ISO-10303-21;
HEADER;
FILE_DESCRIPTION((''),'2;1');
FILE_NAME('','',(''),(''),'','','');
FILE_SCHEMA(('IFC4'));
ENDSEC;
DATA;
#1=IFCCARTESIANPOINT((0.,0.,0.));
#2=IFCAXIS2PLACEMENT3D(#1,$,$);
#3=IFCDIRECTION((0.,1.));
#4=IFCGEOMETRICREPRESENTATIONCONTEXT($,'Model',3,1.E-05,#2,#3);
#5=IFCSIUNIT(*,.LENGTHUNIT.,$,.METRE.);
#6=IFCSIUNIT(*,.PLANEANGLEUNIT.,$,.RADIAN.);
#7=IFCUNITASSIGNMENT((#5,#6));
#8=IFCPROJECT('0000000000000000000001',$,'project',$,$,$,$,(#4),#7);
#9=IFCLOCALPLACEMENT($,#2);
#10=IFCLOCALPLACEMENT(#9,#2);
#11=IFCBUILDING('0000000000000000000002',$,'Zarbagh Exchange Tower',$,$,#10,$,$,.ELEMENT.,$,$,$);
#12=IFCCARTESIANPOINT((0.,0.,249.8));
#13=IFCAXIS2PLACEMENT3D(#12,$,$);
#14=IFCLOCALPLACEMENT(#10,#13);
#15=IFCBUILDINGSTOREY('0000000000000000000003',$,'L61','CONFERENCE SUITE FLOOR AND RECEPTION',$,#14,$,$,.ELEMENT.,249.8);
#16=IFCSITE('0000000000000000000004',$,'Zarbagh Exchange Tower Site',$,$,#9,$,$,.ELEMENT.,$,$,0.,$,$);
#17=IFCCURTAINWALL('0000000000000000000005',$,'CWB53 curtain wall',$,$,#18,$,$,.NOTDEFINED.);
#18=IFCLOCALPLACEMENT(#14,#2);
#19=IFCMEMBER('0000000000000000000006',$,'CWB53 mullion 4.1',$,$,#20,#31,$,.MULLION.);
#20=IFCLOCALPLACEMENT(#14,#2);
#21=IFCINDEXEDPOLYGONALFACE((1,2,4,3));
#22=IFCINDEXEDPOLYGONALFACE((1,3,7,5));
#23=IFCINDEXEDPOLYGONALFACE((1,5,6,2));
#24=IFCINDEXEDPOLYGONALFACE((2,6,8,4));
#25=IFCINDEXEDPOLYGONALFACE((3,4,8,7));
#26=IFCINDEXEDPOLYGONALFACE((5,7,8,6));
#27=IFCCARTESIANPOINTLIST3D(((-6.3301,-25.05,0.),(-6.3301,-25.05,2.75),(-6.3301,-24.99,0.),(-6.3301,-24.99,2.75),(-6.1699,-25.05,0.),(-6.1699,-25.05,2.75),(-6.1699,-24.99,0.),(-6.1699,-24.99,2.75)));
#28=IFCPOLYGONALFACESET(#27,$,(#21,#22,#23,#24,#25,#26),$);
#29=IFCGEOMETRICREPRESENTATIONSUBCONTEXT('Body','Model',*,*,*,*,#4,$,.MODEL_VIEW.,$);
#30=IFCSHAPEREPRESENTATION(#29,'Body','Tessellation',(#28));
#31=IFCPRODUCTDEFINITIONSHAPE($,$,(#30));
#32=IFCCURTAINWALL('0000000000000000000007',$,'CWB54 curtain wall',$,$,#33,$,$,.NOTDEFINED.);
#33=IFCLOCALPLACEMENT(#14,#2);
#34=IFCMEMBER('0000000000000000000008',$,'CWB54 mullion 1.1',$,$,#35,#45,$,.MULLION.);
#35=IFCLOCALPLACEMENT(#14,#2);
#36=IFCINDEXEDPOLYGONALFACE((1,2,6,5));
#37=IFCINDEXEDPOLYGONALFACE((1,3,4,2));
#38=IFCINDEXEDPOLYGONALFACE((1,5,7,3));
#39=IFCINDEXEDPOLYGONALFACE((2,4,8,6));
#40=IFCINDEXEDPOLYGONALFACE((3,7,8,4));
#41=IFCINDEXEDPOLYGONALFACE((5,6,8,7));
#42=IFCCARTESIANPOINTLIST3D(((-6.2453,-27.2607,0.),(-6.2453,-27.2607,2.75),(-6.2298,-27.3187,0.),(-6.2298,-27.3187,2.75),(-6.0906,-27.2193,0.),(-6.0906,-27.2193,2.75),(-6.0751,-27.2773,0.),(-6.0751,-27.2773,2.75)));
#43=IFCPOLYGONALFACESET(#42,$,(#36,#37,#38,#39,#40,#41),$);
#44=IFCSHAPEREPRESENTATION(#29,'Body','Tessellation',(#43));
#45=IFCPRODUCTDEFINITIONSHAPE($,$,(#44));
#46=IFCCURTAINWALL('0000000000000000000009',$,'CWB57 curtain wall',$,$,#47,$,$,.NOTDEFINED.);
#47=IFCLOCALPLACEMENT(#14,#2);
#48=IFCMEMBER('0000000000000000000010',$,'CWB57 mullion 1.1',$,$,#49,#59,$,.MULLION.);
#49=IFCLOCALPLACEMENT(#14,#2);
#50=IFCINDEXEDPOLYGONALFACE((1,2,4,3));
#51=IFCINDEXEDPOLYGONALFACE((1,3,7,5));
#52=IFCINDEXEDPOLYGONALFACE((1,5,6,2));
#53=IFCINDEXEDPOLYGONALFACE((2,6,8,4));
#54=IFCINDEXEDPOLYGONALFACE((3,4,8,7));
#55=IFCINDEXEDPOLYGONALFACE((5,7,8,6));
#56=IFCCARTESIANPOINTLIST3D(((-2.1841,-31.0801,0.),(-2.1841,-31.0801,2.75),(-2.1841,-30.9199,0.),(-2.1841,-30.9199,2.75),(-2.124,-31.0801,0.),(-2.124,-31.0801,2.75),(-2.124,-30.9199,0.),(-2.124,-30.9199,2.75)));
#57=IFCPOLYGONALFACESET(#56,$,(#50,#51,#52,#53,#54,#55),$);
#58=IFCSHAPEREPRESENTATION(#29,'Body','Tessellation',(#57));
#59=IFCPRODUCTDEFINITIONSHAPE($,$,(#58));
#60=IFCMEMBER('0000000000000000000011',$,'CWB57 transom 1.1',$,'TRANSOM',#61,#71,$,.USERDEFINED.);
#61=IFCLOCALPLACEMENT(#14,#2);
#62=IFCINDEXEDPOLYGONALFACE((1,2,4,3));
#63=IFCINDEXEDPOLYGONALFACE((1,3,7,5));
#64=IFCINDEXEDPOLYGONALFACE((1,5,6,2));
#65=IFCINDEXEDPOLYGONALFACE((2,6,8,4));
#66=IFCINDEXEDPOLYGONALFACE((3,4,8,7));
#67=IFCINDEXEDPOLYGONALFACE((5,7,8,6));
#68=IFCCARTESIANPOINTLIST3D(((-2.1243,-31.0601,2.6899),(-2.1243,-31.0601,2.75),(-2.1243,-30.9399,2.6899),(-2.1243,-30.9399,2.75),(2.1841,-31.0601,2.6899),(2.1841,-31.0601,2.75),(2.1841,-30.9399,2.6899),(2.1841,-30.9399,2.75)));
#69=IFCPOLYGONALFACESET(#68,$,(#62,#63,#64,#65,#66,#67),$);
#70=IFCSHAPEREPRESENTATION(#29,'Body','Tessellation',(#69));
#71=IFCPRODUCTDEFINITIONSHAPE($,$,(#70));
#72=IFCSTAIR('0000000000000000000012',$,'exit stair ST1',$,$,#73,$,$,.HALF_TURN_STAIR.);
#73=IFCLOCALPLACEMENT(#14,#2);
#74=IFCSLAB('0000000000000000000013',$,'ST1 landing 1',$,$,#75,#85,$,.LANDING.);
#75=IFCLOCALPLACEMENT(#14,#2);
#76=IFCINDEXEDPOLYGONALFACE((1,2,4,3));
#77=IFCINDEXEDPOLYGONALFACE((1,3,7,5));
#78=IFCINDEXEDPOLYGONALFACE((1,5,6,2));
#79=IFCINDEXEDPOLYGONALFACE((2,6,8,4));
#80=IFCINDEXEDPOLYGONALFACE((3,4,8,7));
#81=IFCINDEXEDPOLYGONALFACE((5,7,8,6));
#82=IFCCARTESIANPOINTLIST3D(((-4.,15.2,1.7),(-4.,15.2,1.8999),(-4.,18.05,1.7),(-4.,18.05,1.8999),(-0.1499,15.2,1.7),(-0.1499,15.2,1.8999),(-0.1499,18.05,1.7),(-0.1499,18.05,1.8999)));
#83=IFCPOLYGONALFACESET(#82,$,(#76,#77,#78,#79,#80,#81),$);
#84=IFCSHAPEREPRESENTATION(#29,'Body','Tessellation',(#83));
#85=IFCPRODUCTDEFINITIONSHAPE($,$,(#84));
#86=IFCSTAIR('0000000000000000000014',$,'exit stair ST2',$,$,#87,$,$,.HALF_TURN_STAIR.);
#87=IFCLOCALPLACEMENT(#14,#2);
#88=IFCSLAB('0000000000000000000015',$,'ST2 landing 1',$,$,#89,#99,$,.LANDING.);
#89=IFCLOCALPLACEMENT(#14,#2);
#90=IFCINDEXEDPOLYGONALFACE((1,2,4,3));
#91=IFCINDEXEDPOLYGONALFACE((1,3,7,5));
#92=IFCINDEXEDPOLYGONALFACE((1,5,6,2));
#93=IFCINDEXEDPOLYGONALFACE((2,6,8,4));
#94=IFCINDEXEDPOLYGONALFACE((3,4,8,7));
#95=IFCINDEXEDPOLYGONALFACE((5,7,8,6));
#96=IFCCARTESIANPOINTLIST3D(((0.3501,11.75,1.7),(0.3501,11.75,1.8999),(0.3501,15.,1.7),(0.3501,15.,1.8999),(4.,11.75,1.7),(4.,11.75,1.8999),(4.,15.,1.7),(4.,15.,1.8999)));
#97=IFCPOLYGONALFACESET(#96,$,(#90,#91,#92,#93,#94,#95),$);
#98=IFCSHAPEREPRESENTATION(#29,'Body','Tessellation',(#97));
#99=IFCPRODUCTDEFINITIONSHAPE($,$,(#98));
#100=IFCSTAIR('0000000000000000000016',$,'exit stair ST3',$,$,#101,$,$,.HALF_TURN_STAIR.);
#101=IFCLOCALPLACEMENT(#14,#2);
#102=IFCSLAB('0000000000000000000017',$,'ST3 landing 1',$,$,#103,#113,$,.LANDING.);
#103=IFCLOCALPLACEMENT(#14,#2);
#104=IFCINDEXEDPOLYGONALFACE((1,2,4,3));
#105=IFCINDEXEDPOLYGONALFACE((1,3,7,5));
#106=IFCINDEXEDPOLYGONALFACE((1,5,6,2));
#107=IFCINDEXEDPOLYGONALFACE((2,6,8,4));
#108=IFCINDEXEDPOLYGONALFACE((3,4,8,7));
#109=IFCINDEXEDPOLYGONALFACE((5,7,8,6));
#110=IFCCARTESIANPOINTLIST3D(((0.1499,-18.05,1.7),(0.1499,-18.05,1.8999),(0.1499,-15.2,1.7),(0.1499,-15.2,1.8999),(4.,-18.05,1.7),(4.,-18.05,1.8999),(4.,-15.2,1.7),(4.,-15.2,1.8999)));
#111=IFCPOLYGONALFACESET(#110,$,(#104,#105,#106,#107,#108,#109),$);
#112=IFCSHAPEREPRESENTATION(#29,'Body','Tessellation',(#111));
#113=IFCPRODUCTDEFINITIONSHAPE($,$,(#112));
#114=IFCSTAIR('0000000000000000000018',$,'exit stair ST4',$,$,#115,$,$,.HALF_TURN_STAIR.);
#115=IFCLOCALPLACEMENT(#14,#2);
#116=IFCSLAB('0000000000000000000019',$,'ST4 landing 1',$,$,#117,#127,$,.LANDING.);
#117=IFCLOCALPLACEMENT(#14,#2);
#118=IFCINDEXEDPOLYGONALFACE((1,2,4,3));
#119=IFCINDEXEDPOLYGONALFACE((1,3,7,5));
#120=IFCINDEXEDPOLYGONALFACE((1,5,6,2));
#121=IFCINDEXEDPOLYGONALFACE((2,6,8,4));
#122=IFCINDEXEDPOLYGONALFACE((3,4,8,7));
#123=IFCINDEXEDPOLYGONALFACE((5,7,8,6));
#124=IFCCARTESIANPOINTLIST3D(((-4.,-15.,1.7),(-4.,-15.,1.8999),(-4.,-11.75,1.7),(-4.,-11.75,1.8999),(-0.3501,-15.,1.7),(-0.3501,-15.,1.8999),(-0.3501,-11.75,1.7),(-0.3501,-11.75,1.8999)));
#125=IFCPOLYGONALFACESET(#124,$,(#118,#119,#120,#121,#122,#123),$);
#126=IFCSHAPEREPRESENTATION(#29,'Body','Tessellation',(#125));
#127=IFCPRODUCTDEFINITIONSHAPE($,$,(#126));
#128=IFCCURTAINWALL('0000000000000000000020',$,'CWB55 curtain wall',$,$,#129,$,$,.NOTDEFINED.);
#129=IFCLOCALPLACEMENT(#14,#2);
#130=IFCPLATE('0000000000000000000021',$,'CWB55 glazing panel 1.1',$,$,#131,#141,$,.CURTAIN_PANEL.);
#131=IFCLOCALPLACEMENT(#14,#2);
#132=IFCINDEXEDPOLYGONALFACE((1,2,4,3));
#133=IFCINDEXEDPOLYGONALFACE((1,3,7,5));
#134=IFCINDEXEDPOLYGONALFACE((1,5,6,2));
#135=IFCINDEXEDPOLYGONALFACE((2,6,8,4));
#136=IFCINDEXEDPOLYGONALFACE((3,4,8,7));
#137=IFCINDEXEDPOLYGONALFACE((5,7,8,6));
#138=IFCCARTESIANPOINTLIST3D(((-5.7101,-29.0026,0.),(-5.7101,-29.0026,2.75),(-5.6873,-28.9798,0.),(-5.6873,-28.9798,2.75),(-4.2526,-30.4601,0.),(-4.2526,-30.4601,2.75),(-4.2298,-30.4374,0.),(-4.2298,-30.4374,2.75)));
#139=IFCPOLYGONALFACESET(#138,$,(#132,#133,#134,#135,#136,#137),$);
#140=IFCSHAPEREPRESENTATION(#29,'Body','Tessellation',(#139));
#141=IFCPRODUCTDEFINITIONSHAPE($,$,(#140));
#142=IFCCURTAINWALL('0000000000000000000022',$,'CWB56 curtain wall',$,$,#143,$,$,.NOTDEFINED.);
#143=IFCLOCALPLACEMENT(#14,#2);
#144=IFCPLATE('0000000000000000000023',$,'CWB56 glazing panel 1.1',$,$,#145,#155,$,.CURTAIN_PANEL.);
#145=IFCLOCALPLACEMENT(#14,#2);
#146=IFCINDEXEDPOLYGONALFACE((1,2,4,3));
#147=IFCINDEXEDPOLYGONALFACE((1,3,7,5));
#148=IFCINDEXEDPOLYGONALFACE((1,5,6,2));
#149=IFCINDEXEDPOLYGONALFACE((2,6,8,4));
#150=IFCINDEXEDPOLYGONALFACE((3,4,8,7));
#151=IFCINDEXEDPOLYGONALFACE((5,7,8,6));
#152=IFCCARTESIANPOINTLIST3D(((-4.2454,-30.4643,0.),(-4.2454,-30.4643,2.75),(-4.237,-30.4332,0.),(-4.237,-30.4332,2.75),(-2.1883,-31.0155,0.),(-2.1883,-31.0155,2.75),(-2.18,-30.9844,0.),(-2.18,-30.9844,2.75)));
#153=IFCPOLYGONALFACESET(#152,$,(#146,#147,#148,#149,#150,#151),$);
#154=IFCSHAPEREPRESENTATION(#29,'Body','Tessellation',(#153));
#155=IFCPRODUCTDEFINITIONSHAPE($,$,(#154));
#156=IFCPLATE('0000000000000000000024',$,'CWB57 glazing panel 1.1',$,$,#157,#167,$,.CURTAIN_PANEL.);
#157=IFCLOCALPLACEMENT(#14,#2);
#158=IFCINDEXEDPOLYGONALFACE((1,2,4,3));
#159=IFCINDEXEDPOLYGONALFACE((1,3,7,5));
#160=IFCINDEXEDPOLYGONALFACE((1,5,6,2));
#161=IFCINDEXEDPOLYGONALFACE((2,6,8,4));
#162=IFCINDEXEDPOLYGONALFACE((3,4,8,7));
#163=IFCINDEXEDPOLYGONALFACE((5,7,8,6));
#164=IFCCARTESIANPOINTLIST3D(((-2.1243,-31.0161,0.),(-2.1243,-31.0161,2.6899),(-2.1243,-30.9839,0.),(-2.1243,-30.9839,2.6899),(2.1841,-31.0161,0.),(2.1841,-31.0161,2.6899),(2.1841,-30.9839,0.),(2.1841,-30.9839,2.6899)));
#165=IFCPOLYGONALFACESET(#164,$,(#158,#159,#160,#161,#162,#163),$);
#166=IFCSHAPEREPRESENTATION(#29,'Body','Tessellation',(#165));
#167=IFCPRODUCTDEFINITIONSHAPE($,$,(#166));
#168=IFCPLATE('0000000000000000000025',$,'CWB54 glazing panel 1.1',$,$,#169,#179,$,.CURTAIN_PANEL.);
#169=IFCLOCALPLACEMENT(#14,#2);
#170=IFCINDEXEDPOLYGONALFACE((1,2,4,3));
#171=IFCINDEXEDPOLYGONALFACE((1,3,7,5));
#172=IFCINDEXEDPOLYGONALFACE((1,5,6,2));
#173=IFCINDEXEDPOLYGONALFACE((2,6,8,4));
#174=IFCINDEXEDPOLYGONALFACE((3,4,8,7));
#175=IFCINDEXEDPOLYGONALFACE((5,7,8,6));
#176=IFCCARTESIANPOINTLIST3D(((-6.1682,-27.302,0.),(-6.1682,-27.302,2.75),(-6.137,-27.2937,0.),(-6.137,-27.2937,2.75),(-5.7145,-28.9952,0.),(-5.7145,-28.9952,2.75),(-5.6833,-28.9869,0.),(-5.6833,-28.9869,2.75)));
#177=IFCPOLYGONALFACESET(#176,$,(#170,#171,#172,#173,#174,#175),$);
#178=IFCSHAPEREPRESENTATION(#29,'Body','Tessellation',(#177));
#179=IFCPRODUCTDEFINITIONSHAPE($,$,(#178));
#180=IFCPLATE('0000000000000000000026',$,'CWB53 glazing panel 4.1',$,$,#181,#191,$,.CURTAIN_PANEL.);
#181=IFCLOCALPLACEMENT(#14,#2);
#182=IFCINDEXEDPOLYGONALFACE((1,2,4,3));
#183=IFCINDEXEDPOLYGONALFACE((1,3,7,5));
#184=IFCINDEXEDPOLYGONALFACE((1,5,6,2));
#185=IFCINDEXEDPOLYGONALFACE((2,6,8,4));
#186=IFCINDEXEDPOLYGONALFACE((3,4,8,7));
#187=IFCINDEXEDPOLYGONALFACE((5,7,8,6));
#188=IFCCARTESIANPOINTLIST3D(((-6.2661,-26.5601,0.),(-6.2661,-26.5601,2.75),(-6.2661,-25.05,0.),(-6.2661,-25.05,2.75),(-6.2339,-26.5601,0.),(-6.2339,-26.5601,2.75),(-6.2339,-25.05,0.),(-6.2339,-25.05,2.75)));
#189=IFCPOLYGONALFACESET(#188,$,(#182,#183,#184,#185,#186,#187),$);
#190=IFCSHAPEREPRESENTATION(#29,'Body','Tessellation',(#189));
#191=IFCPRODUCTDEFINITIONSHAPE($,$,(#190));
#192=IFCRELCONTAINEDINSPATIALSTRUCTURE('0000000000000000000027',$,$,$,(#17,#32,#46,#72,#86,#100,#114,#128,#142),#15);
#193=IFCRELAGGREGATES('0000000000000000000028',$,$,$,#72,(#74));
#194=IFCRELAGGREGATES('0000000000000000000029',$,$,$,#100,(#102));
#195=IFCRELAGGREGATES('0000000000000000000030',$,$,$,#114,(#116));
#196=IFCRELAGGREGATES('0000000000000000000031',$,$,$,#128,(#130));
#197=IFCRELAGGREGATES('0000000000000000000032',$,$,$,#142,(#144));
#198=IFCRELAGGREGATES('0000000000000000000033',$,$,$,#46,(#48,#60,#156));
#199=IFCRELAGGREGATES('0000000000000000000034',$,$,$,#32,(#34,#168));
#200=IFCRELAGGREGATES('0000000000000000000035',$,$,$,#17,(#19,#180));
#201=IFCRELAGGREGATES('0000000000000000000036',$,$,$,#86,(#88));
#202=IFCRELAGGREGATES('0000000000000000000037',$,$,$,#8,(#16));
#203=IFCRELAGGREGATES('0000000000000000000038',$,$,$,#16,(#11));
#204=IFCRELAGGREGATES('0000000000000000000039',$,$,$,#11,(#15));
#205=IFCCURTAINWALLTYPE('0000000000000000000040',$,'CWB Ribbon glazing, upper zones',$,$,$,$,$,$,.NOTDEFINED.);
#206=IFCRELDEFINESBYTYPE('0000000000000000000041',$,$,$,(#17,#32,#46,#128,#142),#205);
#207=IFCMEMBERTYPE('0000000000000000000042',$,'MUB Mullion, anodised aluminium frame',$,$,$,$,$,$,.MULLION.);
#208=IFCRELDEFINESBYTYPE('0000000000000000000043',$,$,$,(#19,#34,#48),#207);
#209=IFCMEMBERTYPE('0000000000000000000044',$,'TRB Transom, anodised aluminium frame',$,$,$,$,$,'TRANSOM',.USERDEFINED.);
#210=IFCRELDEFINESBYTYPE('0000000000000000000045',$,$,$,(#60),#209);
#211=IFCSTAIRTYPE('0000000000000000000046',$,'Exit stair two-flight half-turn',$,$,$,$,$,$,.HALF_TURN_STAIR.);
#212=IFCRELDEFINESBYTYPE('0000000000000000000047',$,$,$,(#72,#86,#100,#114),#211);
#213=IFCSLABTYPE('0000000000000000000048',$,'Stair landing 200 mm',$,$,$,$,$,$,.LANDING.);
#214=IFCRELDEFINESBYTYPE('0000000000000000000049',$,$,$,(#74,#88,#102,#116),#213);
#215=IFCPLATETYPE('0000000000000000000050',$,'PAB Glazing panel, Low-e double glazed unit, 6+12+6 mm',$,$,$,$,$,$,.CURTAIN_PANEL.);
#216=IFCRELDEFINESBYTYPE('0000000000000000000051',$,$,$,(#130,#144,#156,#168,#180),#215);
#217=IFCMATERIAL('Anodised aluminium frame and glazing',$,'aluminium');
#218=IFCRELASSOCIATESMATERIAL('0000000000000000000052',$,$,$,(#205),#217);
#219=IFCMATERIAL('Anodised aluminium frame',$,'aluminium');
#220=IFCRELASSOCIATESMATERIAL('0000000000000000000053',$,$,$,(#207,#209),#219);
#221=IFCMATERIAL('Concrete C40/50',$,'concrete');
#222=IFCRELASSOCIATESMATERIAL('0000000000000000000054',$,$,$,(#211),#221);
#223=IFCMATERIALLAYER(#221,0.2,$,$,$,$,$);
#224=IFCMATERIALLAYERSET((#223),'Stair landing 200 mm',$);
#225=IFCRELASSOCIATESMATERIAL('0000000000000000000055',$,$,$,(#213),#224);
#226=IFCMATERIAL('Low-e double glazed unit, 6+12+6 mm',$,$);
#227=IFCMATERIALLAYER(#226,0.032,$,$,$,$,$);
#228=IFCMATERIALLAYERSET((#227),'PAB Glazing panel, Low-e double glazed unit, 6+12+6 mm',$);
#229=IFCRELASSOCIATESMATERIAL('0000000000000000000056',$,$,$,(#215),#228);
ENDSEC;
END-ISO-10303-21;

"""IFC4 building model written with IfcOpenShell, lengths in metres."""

from ifc_helpers import new_model, si_unit, direction, frame, origin, place, context, subcontext, project, spatial, polyline, outline, extrude, source, transform, mapped, material, layer, layer_set, type_object, element, aggregate, save


model = new_model("IFC4")

# Units and contexts
model_context = context("Model", 3, precision=1e-05, world=origin(), true_north=direction((0.0, 1.0)))
body_context = subcontext(model_context, "Body", "Model", "MODEL_VIEW")
ifc_project = project(units=[si_unit("LENGTHUNIT", "METRE"), si_unit("PLANEANGLEUNIT", "RADIAN")], contexts=[model_context])

# Site, building, storey
site_placement = place(None, origin())
site = spatial("IfcSite", under=ifc_project, at=site_placement, Name="Zarbagh Exchange Tower Site", CompositionType="ELEMENT", RefElevation=0.0)
building_placement = place(site_placement, origin())
building = spatial("IfcBuilding", under=site, at=building_placement, Name="Zarbagh Exchange Tower", CompositionType="ELEMENT")
storey_placement = place(building_placement, frame((0.0, 0.0, 249.8)))
storey = spatial("IfcBuildingStorey", under=building, at=storey_placement, Name="L61", Description="CONFERENCE SUITE FLOOR AND RECEPTION", CompositionType="ELEMENT", Elevation=249.8)

# Curtain walls, members
ifc_material_1 = material(Name="Anodised aluminium frame and glazing", Category="aluminium")
curtain_wall_type = type_object("IfcCurtainWallType", Name="CWB Ribbon glazing, upper zones", PredefinedType="NOTDEFINED", material=ifc_material_1)
curtain_wall_1_placement = place(storey_placement, origin())
curtain_wall_1 = element("IfcCurtainWall", 1, at=curtain_wall_1_placement, inside=storey, type_object=curtain_wall_type, Name="CWB53 curtain wall", PredefinedType="NOTDEFINED")
ifc_material_2 = material(Name="Anodised aluminium frame", Category="aluminium")
member_type_1 = type_object("IfcMemberType", Name="MUB Mullion, anodised aluminium frame", PredefinedType="MULLION", material=ifc_material_2)
shared_shape_1 = source(origin(), body_context, "Body", "SweptSolid", [
    extrude(outline(polyline([(0.0, -0.0801), (0.0601, -0.0801), (0.0601, 0.0801), (0.0, 0.0801), (0.0, -0.0801)])), origin(), (0.0, 0.0, 1.0), 2.75),
])
placement = place(storey_placement, origin())
member_1 = element("IfcMember", 2, at=placement, type_object=member_type_1, Name="CWB53 mullion 4.1", PredefinedType="MULLION", context=body_context, shape_type="MappedRepresentation", body=[
    mapped(shared_shape_1, transform((-6.25, -24.99, 0.0), x_axis=(0.0, -1.0, 0.0), y_axis=(1.0, 0.0, 0.0), z_axis=(0.0, 0.0, 1.0))),
])
curtain_wall_2_placement = place(storey_placement, origin())
curtain_wall_2 = element("IfcCurtainWall", 3, at=curtain_wall_2_placement, inside=storey, type_object=curtain_wall_type, Name="CWB54 curtain wall", PredefinedType="NOTDEFINED")
member_2 = element("IfcMember", 4, at=placement, type_object=member_type_1, Name="CWB54 mullion 1.1", PredefinedType="MULLION", context=body_context, shape_type="MappedRepresentation", body=[
    mapped(shared_shape_1, transform((-6.168, -27.24, 0.0), x_axis=(0.258825, -0.965924, 0.0), y_axis=(0.965924, 0.258825, 0.0), z_axis=(0.0, 0.0, 1.0))),
])

# Curtain wall, members
curtain_wall_3_placement = place(storey_placement, origin())
curtain_wall_3 = element("IfcCurtainWall", 5, at=curtain_wall_3_placement, inside=storey, type_object=curtain_wall_type, Name="CWB57 curtain wall", PredefinedType="NOTDEFINED")
member_3 = element("IfcMember", 6, at=placement, type_object=member_type_1, Name="CWB57 mullion 1.1", PredefinedType="MULLION", context=body_context, shape_type="MappedRepresentation", body=[
    mapped(shared_shape_1, transform((-2.1841, -31.0, 0.0), x_axis=(1.0, 0.0, 0.0), y_axis=(0.0, 1.0, 0.0), z_axis=(0.0, 0.0, 1.0))),
])
member_type_2 = type_object("IfcMemberType", Name="TRB Transom, anodised aluminium frame", ElementType="TRANSOM", PredefinedType="USERDEFINED", material=ifc_material_2)
shared_shape_2 = source(origin(), body_context, "Body", "SweptSolid", [
    extrude(outline(polyline([(-0.0601, -0.0601), (0.0, -0.0601), (0.0, 0.0601), (-0.0601, 0.0601), (-0.0601, -0.0601)])), origin(), (0.0, 0.0, 1.0), 4.3083),
])
member_4 = element("IfcMember", 7, at=placement, type_object=member_type_2, Name="CWB57 transom 1.1", ObjectType="TRANSOM", PredefinedType="USERDEFINED", context=body_context, shape_type="MappedRepresentation", body=[
    mapped(shared_shape_2, transform((-2.1243, -31.0, 2.75), x_axis=(0.0, 0.0, 1.0), y_axis=(0.0, -1.0, 0.0), z_axis=(1.0, 0.0, 0.0))),
])

# Stairs, slabs
ifc_material_3 = material(Name="Concrete C40/50", Category="concrete")
stair_type = type_object("IfcStairType", Name="Exit stair two-flight half-turn", PredefinedType="HALF_TURN_STAIR", material=ifc_material_3)
stair_1_placement = place(storey_placement, origin())
stair_1 = element("IfcStair", 8, at=stair_1_placement, inside=storey, type_object=stair_type, Name="exit stair ST1", PredefinedType="HALF_TURN_STAIR")
ifc_layer_1 = layer(ifc_material_3, 0.2)
ifc_layer_set_1 = layer_set([ifc_layer_1], Name="Stair landing 200 mm")
slab_type = type_object("IfcSlabType", Name="Stair landing 200 mm", PredefinedType="LANDING", material=ifc_layer_set_1)
slab_1_placement = place(storey_placement, frame((0.0, 0.0, 1.7)))
slab_1 = element("IfcSlab", 9, at=slab_1_placement, type_object=slab_type, Name="ST1 landing 1", PredefinedType="LANDING", context=body_context, shape_type="SweptSolid", body=[
    extrude(outline(polyline([(-0.1499, 18.05), (-4.0, 18.05), (-4.0, 15.2), (-0.1499, 15.2), (-0.1499, 18.05)])), origin(), (0.0, 0.0, 1.0), 0.2),
])
aggregate(stair_1, [slab_1])
stair_2_placement = place(storey_placement, origin())
stair_2 = element("IfcStair", 10, at=stair_2_placement, inside=storey, type_object=stair_type, Name="exit stair ST2", PredefinedType="HALF_TURN_STAIR")
slab_2_placement = place(storey_placement, frame((0.0, 0.0, 1.7)))
slab_2 = element("IfcSlab", 11, at=slab_2_placement, type_object=slab_type, Name="ST2 landing 1", PredefinedType="LANDING", context=body_context, shape_type="SweptSolid", body=[
    extrude(outline(polyline([(0.3501, 11.75), (4.0, 11.75), (4.0, 15.0), (0.3501, 15.0), (0.3501, 11.75)])), origin(), (0.0, 0.0, 1.0), 0.2),
])
stair_3_placement = place(storey_placement, origin())
stair_3 = element("IfcStair", 12, at=stair_3_placement, inside=storey, type_object=stair_type, Name="exit stair ST3", PredefinedType="HALF_TURN_STAIR")
slab_3_placement = place(storey_placement, frame((0.0, 0.0, 1.7)))
slab_3 = element("IfcSlab", 13, at=slab_3_placement, type_object=slab_type, Name="ST3 landing 1", PredefinedType="LANDING", context=body_context, shape_type="SweptSolid", body=[
    extrude(outline(polyline([(0.1499, -18.05), (4.0, -18.05), (4.0, -15.2), (0.1499, -15.2), (0.1499, -18.05)])), origin(), (0.0, 0.0, 1.0), 0.2),
])
aggregate(stair_3, [slab_3])
stair_4_placement = place(storey_placement, origin())
stair_4 = element("IfcStair", 14, at=stair_4_placement, inside=storey, type_object=stair_type, Name="exit stair ST4", PredefinedType="HALF_TURN_STAIR")
slab_4_placement = place(storey_placement, frame((0.0, 0.0, 1.7)))
slab_4 = element("IfcSlab", 15, at=slab_4_placement, type_object=slab_type, Name="ST4 landing 1", PredefinedType="LANDING", context=body_context, shape_type="SweptSolid", body=[
    extrude(outline(polyline([(-0.3501, -11.75), (-4.0, -11.75), (-4.0, -15.0), (-0.3501, -15.0), (-0.3501, -11.75)])), origin(), (0.0, 0.0, 1.0), 0.2),
])
aggregate(stair_4, [slab_4])

# Curtain walls, plates
curtain_wall_4_placement = place(storey_placement, origin())
curtain_wall_4 = element("IfcCurtainWall", 16, at=curtain_wall_4_placement, inside=storey, type_object=curtain_wall_type, Name="CWB55 curtain wall", PredefinedType="NOTDEFINED")
ifc_material_4 = material(Name="Low-e double glazed unit, 6+12+6 mm")
ifc_layer_2 = layer(ifc_material_4, 0.032)
ifc_layer_set_2 = layer_set([ifc_layer_2], Name="PAB Glazing panel, Low-e double glazed unit, 6+12+6 mm")
plate_type = type_object("IfcPlateType", Name="PAB Glazing panel, Low-e double glazed unit, 6+12+6 mm", PredefinedType="CURTAIN_PANEL", material=ifc_layer_set_2)
shared_shape_3 = source(origin(), body_context, "Body", "SweptSolid", [
    extrude(outline(polyline([(0.0, -0.0161), (2.0613, -0.0161), (2.0613, 0.0161), (0.0, 0.0161), (0.0, -0.0161)])), origin(), (0.0, 0.0, 1.0), 2.75),
])
plate_1 = element("IfcPlate", 17, at=placement, type_object=plate_type, Name="CWB55 glazing panel 1.1", PredefinedType="CURTAIN_PANEL", context=body_context, shape_type="MappedRepresentation", body=[
    mapped(shared_shape_3, transform((-5.6987, -28.9912, 0.0), x_axis=(0.707107, -0.707107, 0.0), y_axis=(0.707107, 0.707107, 0.0), z_axis=(0.0, 0.0, 1.0))),
])
aggregate(curtain_wall_4, [plate_1])
curtain_wall_5_placement = place(storey_placement, origin())
curtain_wall_5 = element("IfcCurtainWall", 18, at=curtain_wall_5_placement, inside=storey, type_object=curtain_wall_type, Name="CWB56 curtain wall", PredefinedType="NOTDEFINED")
shared_shape_4 = source(origin(), body_context, "Body", "SweptSolid", [
    extrude(outline(polyline([(0.0, -0.0161), (2.1296, -0.0161), (2.1296, 0.0161), (0.0, 0.0161), (0.0, -0.0161)])), origin(), (0.0, 0.0, 1.0), 2.75),
])
plate_2 = element("IfcPlate", 19, at=placement, type_object=plate_type, Name="CWB56 glazing panel 1.1", PredefinedType="CURTAIN_PANEL", context=body_context, shape_type="MappedRepresentation", body=[
    mapped(shared_shape_4, transform((-4.2412, -30.4487, 0.0), x_axis=(0.965924, -0.258825, 0.0), y_axis=(0.258825, 0.965924, 0.0), z_axis=(0.0, 0.0, 1.0))),
])
aggregate(curtain_wall_5, [plate_2])

# Plates
shared_shape_5 = source(origin(), body_context, "Body", "SweptSolid", [
    extrude(outline(polyline([(0.0, -0.0161), (4.3083, -0.0161), (4.3083, 0.0161), (0.0, 0.0161), (0.0, -0.0161)])), origin(), (0.0, 0.0, 1.0), 2.6899),
])
plate_3 = element("IfcPlate", 20, at=placement, type_object=plate_type, Name="CWB57 glazing panel 1.1", PredefinedType="CURTAIN_PANEL", context=body_context, shape_type="MappedRepresentation", body=[
    mapped(shared_shape_5, transform((-2.1243, -31.0, 0.0), x_axis=(1.0, 0.0, 0.0), y_axis=(0.0, 1.0, 0.0), z_axis=(0.0, 0.0, 1.0))),
])
aggregate(curtain_wall_3, [member_3, member_4, plate_3])
shared_shape_6 = source(origin(), body_context, "Body", "SweptSolid", [
    extrude(outline(polyline([(0.0, -0.0161), (1.7529, -0.0161), (1.7529, 0.0161), (0.0, 0.0161), (0.0, -0.0161)])), origin(), (0.0, 0.0, 1.0), 2.75),
])
plate_4 = element("IfcPlate", 21, at=placement, type_object=plate_type, Name="CWB54 glazing panel 1.1", PredefinedType="CURTAIN_PANEL", context=body_context, shape_type="MappedRepresentation", body=[
    mapped(shared_shape_6, transform((-6.1526, -27.2979, 0.0), x_axis=(0.258825, -0.965924, 0.0), y_axis=(0.965924, 0.258825, 0.0), z_axis=(0.0, 0.0, 1.0))),
])
aggregate(curtain_wall_2, [member_2, plate_4])
shared_shape_7 = source(origin(), body_context, "Body", "SweptSolid", [
    extrude(outline(polyline([(0.0, -0.0161), (1.51, -0.0161), (1.51, 0.0161), (0.0, 0.0161), (0.0, -0.0161)])), origin(), (0.0, 0.0, 1.0), 2.75),
])
plate_5 = element("IfcPlate", 22, at=placement, type_object=plate_type, Name="CWB53 glazing panel 4.1", PredefinedType="CURTAIN_PANEL", context=body_context, shape_type="MappedRepresentation", body=[
    mapped(shared_shape_7, transform((-6.25, -25.05, 0.0), x_axis=(0.0, -1.0, 0.0), y_axis=(1.0, 0.0, 0.0), z_axis=(0.0, 0.0, 1.0))),
])
aggregate(curtain_wall_1, [member_1, plate_5])

aggregate(stair_2, [slab_2])

save(model, "model.ifc")
